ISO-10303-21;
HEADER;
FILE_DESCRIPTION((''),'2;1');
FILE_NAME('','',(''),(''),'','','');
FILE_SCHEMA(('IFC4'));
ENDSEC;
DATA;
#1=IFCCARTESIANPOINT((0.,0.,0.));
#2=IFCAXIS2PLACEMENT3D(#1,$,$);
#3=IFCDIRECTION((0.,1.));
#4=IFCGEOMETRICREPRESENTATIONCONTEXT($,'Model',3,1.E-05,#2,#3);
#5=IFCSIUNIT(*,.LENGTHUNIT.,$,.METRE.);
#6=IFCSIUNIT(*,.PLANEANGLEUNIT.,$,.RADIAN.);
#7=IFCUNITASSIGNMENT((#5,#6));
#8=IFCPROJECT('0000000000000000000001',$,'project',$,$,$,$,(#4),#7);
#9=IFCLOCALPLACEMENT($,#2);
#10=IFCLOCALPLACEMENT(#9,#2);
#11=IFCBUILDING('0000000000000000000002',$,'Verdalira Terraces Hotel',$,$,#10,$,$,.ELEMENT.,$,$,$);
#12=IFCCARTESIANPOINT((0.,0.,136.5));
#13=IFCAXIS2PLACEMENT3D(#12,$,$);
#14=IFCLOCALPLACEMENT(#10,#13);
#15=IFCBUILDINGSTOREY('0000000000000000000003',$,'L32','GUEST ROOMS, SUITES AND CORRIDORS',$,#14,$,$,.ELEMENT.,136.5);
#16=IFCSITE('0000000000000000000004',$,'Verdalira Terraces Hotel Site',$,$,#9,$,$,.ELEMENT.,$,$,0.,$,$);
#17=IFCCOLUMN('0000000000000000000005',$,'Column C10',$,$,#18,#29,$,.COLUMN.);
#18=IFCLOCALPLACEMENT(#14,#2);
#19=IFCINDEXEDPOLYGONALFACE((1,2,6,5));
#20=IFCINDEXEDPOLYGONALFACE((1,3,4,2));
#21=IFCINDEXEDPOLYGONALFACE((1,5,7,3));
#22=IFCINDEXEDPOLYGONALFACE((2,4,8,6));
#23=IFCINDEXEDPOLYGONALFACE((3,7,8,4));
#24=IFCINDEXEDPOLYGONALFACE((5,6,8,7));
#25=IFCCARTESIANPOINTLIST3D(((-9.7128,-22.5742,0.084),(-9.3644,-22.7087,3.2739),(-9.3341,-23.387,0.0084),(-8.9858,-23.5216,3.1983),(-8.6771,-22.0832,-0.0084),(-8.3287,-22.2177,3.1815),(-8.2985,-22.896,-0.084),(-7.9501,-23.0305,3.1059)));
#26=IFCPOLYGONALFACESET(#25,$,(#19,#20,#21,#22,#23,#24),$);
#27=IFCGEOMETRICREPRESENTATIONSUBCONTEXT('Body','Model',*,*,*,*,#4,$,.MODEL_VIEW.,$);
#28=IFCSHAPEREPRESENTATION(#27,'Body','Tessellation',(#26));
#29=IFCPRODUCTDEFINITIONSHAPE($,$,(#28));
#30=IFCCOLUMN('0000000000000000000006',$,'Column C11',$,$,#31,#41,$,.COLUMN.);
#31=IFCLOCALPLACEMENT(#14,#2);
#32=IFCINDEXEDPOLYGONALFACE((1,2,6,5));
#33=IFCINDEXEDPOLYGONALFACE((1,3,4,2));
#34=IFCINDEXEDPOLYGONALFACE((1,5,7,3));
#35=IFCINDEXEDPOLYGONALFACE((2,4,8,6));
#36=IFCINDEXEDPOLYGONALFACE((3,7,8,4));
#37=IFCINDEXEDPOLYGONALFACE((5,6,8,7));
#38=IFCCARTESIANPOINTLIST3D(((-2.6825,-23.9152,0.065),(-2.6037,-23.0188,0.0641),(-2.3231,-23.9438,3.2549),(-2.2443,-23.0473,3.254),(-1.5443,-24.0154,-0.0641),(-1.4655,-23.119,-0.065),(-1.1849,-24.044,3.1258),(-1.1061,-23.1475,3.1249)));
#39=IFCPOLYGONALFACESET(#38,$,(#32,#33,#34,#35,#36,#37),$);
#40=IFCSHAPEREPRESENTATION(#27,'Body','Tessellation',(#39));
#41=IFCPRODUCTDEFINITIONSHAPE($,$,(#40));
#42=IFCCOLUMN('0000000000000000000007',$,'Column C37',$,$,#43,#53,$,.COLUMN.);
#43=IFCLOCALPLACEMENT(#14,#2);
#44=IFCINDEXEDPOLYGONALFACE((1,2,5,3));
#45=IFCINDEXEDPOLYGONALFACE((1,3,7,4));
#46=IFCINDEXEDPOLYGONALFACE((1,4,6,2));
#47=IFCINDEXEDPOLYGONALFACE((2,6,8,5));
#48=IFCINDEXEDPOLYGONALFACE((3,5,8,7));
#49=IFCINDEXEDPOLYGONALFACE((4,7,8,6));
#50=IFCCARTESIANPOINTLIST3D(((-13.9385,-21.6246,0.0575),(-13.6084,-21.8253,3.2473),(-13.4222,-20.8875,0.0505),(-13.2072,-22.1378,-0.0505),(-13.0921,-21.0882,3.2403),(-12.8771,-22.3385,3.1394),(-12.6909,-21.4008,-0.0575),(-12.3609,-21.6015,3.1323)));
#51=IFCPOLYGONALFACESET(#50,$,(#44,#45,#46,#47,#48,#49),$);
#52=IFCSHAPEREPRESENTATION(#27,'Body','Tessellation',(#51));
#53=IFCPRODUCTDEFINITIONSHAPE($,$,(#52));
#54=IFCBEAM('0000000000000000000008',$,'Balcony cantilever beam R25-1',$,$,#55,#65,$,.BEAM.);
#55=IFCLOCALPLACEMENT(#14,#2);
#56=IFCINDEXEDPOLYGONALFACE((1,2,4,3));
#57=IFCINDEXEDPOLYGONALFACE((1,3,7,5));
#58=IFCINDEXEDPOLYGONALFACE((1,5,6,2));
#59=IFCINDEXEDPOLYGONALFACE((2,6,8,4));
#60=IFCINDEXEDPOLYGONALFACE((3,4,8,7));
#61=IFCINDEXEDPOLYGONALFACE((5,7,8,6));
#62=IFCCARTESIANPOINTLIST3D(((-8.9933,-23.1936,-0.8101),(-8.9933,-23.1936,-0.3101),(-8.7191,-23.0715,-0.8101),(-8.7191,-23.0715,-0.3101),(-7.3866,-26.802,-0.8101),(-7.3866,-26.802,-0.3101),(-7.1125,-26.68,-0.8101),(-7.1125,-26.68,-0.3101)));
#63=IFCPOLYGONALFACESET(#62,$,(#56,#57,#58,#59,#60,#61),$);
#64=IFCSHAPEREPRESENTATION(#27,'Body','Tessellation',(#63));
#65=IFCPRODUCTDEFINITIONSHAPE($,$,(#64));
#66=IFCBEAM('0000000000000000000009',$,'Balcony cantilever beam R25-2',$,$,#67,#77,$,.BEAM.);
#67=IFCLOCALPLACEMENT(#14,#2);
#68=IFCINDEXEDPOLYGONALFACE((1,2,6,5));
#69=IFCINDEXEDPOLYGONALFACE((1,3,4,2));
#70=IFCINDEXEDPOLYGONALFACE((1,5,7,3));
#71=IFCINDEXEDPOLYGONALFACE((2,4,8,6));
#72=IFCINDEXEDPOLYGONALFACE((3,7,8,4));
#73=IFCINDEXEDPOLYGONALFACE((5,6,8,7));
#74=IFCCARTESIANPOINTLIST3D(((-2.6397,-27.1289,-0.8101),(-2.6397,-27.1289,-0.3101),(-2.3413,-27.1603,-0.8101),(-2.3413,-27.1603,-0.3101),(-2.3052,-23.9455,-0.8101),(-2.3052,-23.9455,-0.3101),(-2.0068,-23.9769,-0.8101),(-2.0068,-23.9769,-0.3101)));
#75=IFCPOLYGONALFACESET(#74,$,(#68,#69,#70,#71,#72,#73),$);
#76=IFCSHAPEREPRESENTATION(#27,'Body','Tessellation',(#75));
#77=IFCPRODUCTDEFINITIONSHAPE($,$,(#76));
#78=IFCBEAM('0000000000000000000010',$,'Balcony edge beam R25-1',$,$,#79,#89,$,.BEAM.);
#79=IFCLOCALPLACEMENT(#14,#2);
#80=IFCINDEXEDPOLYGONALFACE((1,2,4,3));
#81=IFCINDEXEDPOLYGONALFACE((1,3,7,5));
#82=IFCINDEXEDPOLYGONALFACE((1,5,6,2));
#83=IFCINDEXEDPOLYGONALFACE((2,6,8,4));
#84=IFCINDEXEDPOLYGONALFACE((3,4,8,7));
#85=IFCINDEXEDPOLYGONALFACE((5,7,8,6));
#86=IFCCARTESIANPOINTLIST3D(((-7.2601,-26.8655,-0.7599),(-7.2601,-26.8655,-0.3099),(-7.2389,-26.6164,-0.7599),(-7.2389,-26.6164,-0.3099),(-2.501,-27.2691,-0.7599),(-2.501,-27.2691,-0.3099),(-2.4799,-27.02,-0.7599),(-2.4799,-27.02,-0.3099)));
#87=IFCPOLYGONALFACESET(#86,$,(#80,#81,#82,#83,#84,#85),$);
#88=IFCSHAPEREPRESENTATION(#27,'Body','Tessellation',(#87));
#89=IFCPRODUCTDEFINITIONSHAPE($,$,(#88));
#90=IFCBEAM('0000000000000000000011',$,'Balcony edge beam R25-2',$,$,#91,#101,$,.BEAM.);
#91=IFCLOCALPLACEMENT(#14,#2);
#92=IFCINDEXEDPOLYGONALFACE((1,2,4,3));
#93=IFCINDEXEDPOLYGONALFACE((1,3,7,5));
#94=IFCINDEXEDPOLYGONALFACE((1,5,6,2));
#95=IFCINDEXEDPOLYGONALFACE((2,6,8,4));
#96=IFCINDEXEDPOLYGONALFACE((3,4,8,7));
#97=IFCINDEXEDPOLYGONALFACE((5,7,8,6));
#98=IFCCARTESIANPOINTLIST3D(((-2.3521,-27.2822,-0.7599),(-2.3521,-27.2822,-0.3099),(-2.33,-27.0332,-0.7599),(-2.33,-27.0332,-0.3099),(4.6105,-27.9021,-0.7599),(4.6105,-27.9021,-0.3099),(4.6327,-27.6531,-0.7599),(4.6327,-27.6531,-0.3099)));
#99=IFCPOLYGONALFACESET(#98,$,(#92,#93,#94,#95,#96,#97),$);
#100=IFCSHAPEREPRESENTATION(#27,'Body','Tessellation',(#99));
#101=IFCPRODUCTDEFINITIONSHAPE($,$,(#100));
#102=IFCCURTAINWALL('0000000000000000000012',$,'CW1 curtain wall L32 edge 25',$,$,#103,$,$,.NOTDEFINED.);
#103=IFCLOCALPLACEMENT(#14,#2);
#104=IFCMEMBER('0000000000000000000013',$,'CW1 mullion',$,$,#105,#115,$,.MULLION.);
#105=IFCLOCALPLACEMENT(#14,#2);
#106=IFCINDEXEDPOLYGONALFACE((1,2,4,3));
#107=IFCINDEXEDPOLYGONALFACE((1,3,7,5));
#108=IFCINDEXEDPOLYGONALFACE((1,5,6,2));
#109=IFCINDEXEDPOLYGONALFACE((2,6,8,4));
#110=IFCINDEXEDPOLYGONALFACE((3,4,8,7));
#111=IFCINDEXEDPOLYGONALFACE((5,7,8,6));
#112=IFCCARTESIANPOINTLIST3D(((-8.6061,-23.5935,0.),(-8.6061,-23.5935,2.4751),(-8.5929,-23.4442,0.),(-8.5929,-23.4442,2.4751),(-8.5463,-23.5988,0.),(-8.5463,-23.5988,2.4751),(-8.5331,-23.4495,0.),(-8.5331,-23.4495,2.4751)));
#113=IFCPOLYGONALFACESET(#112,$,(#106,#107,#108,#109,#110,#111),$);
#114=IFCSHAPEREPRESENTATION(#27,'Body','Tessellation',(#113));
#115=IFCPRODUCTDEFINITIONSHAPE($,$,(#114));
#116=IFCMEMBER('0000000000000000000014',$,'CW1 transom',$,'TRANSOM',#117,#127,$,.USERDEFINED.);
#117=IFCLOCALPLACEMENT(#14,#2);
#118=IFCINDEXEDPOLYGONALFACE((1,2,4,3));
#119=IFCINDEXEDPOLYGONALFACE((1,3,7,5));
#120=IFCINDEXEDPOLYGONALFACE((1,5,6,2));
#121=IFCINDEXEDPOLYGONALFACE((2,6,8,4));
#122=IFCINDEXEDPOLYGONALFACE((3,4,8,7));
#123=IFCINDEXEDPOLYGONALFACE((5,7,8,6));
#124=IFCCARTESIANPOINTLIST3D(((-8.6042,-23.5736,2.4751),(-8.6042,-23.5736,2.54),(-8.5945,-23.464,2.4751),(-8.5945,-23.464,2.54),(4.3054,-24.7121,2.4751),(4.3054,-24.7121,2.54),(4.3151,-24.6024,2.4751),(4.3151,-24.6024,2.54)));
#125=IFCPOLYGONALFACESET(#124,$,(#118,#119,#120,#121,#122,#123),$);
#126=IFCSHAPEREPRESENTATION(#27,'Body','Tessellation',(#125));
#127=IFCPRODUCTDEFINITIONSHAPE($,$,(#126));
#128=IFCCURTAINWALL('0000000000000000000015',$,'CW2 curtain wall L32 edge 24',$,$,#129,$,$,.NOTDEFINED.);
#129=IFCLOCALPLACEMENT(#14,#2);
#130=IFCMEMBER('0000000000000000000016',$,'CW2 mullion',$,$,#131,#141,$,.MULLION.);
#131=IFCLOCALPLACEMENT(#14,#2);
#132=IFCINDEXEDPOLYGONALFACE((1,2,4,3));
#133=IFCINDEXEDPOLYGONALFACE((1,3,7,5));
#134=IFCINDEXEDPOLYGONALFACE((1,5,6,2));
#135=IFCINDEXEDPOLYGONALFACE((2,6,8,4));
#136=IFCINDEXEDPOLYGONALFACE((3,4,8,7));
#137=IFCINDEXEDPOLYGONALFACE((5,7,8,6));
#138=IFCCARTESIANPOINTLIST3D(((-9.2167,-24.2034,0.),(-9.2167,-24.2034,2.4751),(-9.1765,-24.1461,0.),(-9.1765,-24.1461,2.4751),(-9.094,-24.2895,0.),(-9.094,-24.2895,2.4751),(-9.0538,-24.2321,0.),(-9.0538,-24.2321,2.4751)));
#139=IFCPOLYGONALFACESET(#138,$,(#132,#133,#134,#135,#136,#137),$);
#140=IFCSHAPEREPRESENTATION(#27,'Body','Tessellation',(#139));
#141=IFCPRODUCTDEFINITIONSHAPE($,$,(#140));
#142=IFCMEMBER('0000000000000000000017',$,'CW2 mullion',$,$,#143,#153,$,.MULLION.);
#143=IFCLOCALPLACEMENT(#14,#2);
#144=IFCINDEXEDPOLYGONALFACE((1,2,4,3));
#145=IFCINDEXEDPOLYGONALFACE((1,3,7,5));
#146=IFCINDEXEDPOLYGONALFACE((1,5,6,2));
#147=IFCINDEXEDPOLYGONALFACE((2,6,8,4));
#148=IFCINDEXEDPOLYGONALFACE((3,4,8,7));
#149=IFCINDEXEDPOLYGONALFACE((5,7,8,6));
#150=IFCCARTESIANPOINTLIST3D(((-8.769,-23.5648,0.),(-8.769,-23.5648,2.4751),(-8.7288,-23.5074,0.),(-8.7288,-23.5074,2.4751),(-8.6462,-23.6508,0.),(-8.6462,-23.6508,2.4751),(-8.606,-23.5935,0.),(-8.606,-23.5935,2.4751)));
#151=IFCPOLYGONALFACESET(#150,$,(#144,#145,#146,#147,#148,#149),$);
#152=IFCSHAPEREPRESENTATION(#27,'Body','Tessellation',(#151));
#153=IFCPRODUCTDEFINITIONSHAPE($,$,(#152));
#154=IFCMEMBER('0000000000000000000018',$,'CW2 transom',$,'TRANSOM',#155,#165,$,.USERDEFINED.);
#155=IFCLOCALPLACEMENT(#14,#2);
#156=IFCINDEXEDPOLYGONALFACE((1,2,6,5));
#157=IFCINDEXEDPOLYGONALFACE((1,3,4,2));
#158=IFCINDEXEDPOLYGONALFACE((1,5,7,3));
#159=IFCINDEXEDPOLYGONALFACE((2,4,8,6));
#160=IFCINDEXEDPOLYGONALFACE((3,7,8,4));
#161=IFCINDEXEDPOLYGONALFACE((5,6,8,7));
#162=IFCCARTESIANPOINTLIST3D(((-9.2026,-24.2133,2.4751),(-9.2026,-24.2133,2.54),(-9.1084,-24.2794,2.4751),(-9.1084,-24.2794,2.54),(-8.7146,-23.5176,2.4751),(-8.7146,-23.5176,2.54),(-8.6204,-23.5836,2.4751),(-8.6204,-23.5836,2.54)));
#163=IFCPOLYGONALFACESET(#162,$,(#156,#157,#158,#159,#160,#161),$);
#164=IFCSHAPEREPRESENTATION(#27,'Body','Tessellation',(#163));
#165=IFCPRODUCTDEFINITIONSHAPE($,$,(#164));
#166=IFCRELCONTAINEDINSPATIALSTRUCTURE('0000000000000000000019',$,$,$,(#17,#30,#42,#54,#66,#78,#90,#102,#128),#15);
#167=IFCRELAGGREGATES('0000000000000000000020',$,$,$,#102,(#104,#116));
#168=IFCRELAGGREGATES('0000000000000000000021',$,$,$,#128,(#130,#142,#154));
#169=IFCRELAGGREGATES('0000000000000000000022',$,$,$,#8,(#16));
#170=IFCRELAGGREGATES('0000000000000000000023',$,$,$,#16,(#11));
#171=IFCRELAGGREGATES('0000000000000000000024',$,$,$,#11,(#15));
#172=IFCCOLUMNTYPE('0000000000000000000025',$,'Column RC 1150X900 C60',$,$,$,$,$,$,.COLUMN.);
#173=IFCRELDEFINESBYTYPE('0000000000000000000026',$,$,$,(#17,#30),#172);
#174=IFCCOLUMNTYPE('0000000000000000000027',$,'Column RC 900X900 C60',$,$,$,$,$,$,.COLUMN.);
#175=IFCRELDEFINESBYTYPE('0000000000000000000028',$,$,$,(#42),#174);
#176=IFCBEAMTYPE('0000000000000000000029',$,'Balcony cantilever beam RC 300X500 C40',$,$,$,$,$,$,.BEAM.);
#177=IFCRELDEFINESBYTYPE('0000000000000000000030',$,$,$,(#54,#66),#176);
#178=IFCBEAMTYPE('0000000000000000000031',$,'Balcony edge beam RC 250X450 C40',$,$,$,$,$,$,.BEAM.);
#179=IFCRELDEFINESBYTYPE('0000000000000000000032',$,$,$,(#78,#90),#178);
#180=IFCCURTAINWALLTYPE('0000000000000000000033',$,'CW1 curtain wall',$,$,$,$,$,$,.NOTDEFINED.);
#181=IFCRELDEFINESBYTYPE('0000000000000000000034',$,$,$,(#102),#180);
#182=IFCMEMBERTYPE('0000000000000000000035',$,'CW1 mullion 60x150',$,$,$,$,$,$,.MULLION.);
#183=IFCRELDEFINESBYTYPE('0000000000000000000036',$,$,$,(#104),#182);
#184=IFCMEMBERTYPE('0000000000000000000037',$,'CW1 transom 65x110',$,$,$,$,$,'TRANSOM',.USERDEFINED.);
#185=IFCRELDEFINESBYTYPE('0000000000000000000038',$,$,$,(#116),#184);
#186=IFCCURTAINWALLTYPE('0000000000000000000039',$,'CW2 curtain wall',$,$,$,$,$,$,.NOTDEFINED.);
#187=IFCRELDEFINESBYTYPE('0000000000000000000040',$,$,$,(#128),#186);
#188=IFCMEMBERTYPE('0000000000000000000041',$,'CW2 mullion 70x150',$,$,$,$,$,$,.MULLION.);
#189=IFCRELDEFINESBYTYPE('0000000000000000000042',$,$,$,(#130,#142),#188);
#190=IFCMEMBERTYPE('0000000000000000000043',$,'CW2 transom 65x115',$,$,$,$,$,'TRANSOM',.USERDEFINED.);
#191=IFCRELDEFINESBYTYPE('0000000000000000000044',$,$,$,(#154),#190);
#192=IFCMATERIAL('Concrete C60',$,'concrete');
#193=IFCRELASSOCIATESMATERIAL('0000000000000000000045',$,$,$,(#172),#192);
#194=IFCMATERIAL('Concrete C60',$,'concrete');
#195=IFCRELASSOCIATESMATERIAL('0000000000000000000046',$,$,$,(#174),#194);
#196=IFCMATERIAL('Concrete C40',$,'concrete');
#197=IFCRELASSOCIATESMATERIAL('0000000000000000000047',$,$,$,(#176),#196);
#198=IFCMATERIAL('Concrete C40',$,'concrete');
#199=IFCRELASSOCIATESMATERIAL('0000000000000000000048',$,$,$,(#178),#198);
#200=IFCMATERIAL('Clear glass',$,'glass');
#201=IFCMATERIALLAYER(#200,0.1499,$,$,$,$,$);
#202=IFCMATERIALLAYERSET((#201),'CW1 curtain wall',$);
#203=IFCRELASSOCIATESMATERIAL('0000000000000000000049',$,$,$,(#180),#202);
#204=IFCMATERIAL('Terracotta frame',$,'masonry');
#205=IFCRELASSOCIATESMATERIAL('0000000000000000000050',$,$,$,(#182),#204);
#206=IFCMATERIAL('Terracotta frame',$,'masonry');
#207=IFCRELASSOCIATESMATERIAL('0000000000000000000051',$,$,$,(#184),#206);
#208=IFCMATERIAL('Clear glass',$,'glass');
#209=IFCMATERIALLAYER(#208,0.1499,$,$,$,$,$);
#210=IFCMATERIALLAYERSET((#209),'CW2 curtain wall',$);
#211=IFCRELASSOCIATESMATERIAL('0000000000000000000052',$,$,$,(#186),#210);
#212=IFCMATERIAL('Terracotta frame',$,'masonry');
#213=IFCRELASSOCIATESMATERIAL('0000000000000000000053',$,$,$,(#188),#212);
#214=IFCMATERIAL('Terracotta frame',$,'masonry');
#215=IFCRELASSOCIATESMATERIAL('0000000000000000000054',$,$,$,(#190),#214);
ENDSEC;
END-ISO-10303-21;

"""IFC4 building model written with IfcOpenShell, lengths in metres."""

from ifc_helpers import new_model, si_unit, direction, frame, origin, origin_2d, place, context, subcontext, project, spatial, rectangle, extrude, material, layer, layer_set, material_profile, profile_set, type_object, element, aggregate, save


model = new_model("IFC4")

# Units and contexts
model_context = context("Model", 3, precision=1e-05, world=origin(), true_north=direction((0.0, 1.0)))
body_context = subcontext(model_context, "Body", "Model", "MODEL_VIEW")
ifc_project = project(units=[si_unit("LENGTHUNIT", "METRE"), si_unit("PLANEANGLEUNIT", "RADIAN")], contexts=[model_context])

# Site, building, storey
site_placement = place(None, origin())
site = spatial("IfcSite", under=ifc_project, at=site_placement, Name="Verdalira Terraces Hotel Site", CompositionType="ELEMENT", RefElevation=0.0)
building_placement = place(site_placement, origin())
building = spatial("IfcBuilding", under=site, at=building_placement, Name="Verdalira Terraces Hotel", CompositionType="ELEMENT")
storey_placement = place(building_placement, frame((0.0, 0.0, 136.5)))
storey = spatial("IfcBuildingStorey", under=building, at=storey_placement, Name="L32", Description="GUEST ROOMS, SUITES AND CORRIDORS", CompositionType="ELEMENT", Elevation=136.5)

# Columns
ifc_material_1 = material(Name="Concrete C60", Category="concrete")
ifc_material_profile_1 = material_profile(ifc_material_1, rectangle(XDim=1.1499, YDim=0.8999, at=origin_2d()), Name="RC 1150X900")
ifc_profile_set_1 = profile_set([ifc_material_profile_1], Name="Concrete C60")
column_type_1 = type_object("IfcColumnType", Name="Column RC 1150X900 C60", PredefinedType="COLUMN", material=ifc_profile_set_1)
column_1_placement = place(storey_placement, frame((-9.0056, -22.7351, 0.0), z_axis=(0.108474, -0.041884, 0.993217), x_axis=(-0.90067, -0.427008, 0.080359)))
element("IfcColumn", 1, at=column_1_placement, inside=storey, type_object=column_type_1, Name="Column C10", PredefinedType="COLUMN", context=body_context, shape_type="SweptSolid", body=[
    extrude(rectangle(XDim=1.1499, YDim=0.8999, at=origin_2d()), origin(), (0.0, 0.0, 1.0), 3.2117),
])
column_2_placement = place(storey_placement, frame((-2.074, -23.5171, 0.0), z_axis=(0.111946, -0.008898, 0.993674), x_axis=(0.989847, -0.087135, -0.112295)))
element("IfcColumn", 2, at=column_2_placement, inside=storey, type_object=column_type_1, Name="Column C11", PredefinedType="COLUMN", context=body_context, shape_type="SweptSolid", body=[
    extrude(rectangle(XDim=1.1499, YDim=0.8999, at=origin_2d()), origin(), (0.0, 0.0, 1.0), 3.2102),
])
ifc_material_2 = material(Name="Concrete C60", Category="concrete")
ifc_material_profile_2 = material_profile(ifc_material_2, rectangle(XDim=0.8999, YDim=0.8999, at=origin_2d()), Name="RC 900X900")
ifc_profile_set_2 = profile_set([ifc_material_profile_2], Name="Concrete C60")
column_type_2 = type_object("IfcColumnType", Name="Column RC 900X900 C60", PredefinedType="COLUMN", material=ifc_profile_set_2)
column_3_placement = place(storey_placement, frame((-13.3147, -21.5127, 0.0), z_axis=(0.102724, -0.062455, 0.992747), x_axis=(-0.573707, -0.819023, 0.007838)))
element("IfcColumn", 3, at=column_3_placement, inside=storey, type_object=column_type_2, Name="Column C37", PredefinedType="COLUMN", context=body_context, shape_type="SweptSolid", body=[
    extrude(rectangle(XDim=0.8999, YDim=0.8999, at=origin_2d()), origin(), (0.0, 0.0, 1.0), 3.2131),
])

# Beams
ifc_material_3 = material(Name="Concrete C40", Category="concrete")
ifc_material_profile_3 = material_profile(ifc_material_3, rectangle(XDim=0.3, YDim=0.5, at=origin_2d()), Name="RC 300X500")
ifc_profile_set_3 = profile_set([ifc_material_profile_3], Name="Concrete C40")
beam_type_1 = type_object("IfcBeamType", Name="Balcony cantilever beam RC 300X500 C40", PredefinedType="BEAM", material=ifc_profile_set_3)
beam_1_placement = place(storey_placement, frame((-8.8562, -23.1326, -0.5601), z_axis=(0.406763, -0.913534, 0.0), x_axis=(0.913534, 0.406763, 0.0)))
element("IfcBeam", 4, at=beam_1_placement, inside=storey, type_object=beam_type_1, Name="Balcony cantilever beam R25-1", PredefinedType="BEAM", context=body_context, shape_type="SweptSolid", body=[
    extrude(rectangle(XDim=0.3, YDim=0.5, at=origin_2d()), origin(), (0.0, 0.0, 1.0), 3.95),
])
beam_2_placement = place(storey_placement, frame((-2.156, -23.9612, -0.5601), z_axis=(-0.104494, -0.994525, 0.0), x_axis=(0.994525, -0.104494, 0.0)))
element("IfcBeam", 5, at=beam_2_placement, inside=storey, type_object=beam_type_1, Name="Balcony cantilever beam R25-2", PredefinedType="BEAM", context=body_context, shape_type="SweptSolid", body=[
    extrude(rectangle(XDim=0.3, YDim=0.5, at=origin_2d()), origin(), (0.0, 0.0, 1.0), 3.2009),
])
ifc_material_4 = material(Name="Concrete C40", Category="concrete")
ifc_material_profile_4 = material_profile(ifc_material_4, rectangle(XDim=0.25, YDim=0.45, at=origin_2d()), Name="RC 250X450")
ifc_profile_set_4 = profile_set([ifc_material_profile_4], Name="Concrete C40")
beam_type_2 = type_object("IfcBeamType", Name="Balcony edge beam RC 250X450 C40", PredefinedType="BEAM", material=ifc_profile_set_4)
beam_3_placement = place(storey_placement, frame((-7.2495, -26.741, -0.5349), z_axis=(0.996424, -0.084496, 0.0), x_axis=(0.084496, 0.996424, 0.0)))
element("IfcBeam", 6, at=beam_3_placement, inside=storey, type_object=beam_type_2, Name="Balcony edge beam R25-1", PredefinedType="BEAM", context=body_context, shape_type="SweptSolid", body=[
    extrude(rectangle(XDim=0.25, YDim=0.45, at=origin_2d()), origin(), (0.0, 0.0, 1.0), 4.7761),
])
beam_4_placement = place(storey_placement, frame((-2.3411, -27.1577, -0.5349), z_axis=(0.99606, -0.088678, 0.0), x_axis=(0.088678, 0.99606, 0.0)))
element("IfcBeam", 7, at=beam_4_placement, inside=storey, type_object=beam_type_2, Name="Balcony edge beam R25-2", PredefinedType="BEAM", context=body_context, shape_type="SweptSolid", body=[
    extrude(rectangle(XDim=0.25, YDim=0.45, at=origin_2d()), origin(), (0.0, 0.0, 1.0), 6.9902),
])

# Curtain walls, members
ifc_material_5 = material(Name="Clear glass", Category="glass")
ifc_layer_1 = layer(ifc_material_5, 0.1499)
ifc_layer_set_1 = layer_set([ifc_layer_1], Name="CW1 curtain wall")
curtain_wall_type_1 = type_object("IfcCurtainWallType", Name="CW1 curtain wall", PredefinedType="NOTDEFINED", material=ifc_layer_set_1)
curtain_wall_1_placement = place(storey_placement, origin())
curtain_wall_1 = element("IfcCurtainWall", 8, at=curtain_wall_1_placement, inside=storey, type_object=curtain_wall_type_1, Name="CW1 curtain wall L32 edge 25", PredefinedType="NOTDEFINED")
ifc_material_6 = material(Name="Terracotta frame", Category="masonry")
ifc_material_profile_5 = material_profile(ifc_material_6, rectangle(XDim=0.0601, YDim=0.1499, at=origin_2d()), Name="MU 60x150")
ifc_profile_set_5 = profile_set([ifc_material_profile_5], Name="Terracotta frame")
member_type_1 = type_object("IfcMemberType", Name="CW1 mullion 60x150", PredefinedType="MULLION", material=ifc_profile_set_5)
member_1_placement = place(storey_placement, frame((-8.5696, -23.5215, 0.0), z_axis=(0.0, 0.0, 1.0), x_axis=(0.996134, -0.087851, 0.0)))
member_1 = element("IfcMember", 9, at=member_1_placement, type_object=member_type_1, Name="CW1 mullion", PredefinedType="MULLION", context=body_context, shape_type="SweptSolid", body=[
    extrude(rectangle(XDim=0.0601, YDim=0.1499, at=origin_2d()), origin(), (0.0, 0.0, 1.0), 2.4751),
])
ifc_material_7 = material(Name="Terracotta frame", Category="masonry")
ifc_material_profile_6 = material_profile(ifc_material_7, rectangle(XDim=0.1101, YDim=0.0649, at=origin_2d()), Name="TR 65x110")
ifc_profile_set_6 = profile_set([ifc_material_profile_6], Name="Terracotta frame")
member_type_2 = type_object("IfcMemberType", Name="CW1 transom 65x110", ElementType="TRANSOM", PredefinedType="USERDEFINED", material=ifc_profile_set_6)
member_2_placement = place(storey_placement, frame((-8.5994, -23.5188, 2.5076), z_axis=(0.996134, -0.087843, 0.0), x_axis=(0.087843, 0.996134, 0.0)))
member_2 = element("IfcMember", 10, at=member_2_placement, type_object=member_type_2, Name="CW1 transom", ObjectType="TRANSOM", PredefinedType="USERDEFINED", context=body_context, shape_type="SweptSolid", body=[
    extrude(rectangle(XDim=0.1101, YDim=0.0649, at=origin_2d()), origin(), (0.0, 0.0, 1.0), 12.9597),
])
ifc_material_8 = material(Name="Clear glass", Category="glass")
ifc_layer_2 = layer(ifc_material_8, 0.1499)
ifc_layer_set_2 = layer_set([ifc_layer_2], Name="CW2 curtain wall")
curtain_wall_type_2 = type_object("IfcCurtainWallType", Name="CW2 curtain wall", PredefinedType="NOTDEFINED", material=ifc_layer_set_2)
curtain_wall_2_placement = place(storey_placement, origin())
curtain_wall_2 = element("IfcCurtainWall", 11, at=curtain_wall_2_placement, inside=storey, type_object=curtain_wall_type_2, Name="CW2 curtain wall L32 edge 24", PredefinedType="NOTDEFINED")
ifc_material_9 = material(Name="Terracotta frame", Category="masonry")
ifc_material_profile_7 = material_profile(ifc_material_9, rectangle(XDim=0.0701, YDim=0.1499, at=origin_2d()), Name="MU 70x150")
ifc_profile_set_7 = profile_set([ifc_material_profile_7], Name="Terracotta frame")
member_type_3 = type_object("IfcMemberType", Name="CW2 mullion 70x150", PredefinedType="MULLION", material=ifc_profile_set_7)
member_3_placement = place(storey_placement, frame((-9.1353, -24.2178, 0.0), z_axis=(0.0, 0.0, 1.0), x_axis=(0.574148, 0.818751, 0.0)))
member_3 = element("IfcMember", 12, at=member_3_placement, type_object=member_type_3, Name="CW2 mullion", PredefinedType="MULLION", context=body_context, shape_type="SweptSolid", body=[
    extrude(rectangle(XDim=0.0701, YDim=0.1499, at=origin_2d()), origin(), (0.0, 0.0, 1.0), 2.4751),
])
member_4_placement = place(storey_placement, frame((-8.6875, -23.5791, 0.0), z_axis=(0.0, 0.0, 1.0), x_axis=(0.574148, 0.818751, 0.0)))
member_4 = element("IfcMember", 13, at=member_4_placement, type_object=member_type_3, Name="CW2 mullion", PredefinedType="MULLION", context=body_context, shape_type="SweptSolid", body=[
    extrude(rectangle(XDim=0.0701, YDim=0.1499, at=origin_2d()), origin(), (0.0, 0.0, 1.0), 2.4751),
])
ifc_material_10 = material(Name="Terracotta frame", Category="masonry")
ifc_material_profile_8 = material_profile(ifc_material_10, rectangle(XDim=0.115, YDim=0.0649, at=origin_2d()), Name="TR 65x115")
ifc_profile_set_8 = profile_set([ifc_material_profile_8], Name="Terracotta frame")
member_type_4 = type_object("IfcMemberType", Name="CW2 transom 65x115", ElementType="TRANSOM", PredefinedType="USERDEFINED", material=ifc_profile_set_8)
member_5_placement = place(storey_placement, frame((-9.1555, -24.2463, 2.5076), z_axis=(0.574233, 0.818692, 0.0), x_axis=(-0.818692, 0.574233, 0.0)))
member_5 = element("IfcMember", 14, at=member_5_placement, type_object=member_type_4, Name="CW2 transom", ObjectType="TRANSOM", PredefinedType="USERDEFINED", context=body_context, shape_type="SweptSolid", body=[
    extrude(rectangle(XDim=0.115, YDim=0.0649, at=origin_2d()), origin(), (0.0, 0.0, 1.0), 0.8499),
])

aggregate(curtain_wall_1, [member_1, member_2])
aggregate(curtain_wall_2, [member_3, member_4, member_5])

save(model, "model.ifc")
